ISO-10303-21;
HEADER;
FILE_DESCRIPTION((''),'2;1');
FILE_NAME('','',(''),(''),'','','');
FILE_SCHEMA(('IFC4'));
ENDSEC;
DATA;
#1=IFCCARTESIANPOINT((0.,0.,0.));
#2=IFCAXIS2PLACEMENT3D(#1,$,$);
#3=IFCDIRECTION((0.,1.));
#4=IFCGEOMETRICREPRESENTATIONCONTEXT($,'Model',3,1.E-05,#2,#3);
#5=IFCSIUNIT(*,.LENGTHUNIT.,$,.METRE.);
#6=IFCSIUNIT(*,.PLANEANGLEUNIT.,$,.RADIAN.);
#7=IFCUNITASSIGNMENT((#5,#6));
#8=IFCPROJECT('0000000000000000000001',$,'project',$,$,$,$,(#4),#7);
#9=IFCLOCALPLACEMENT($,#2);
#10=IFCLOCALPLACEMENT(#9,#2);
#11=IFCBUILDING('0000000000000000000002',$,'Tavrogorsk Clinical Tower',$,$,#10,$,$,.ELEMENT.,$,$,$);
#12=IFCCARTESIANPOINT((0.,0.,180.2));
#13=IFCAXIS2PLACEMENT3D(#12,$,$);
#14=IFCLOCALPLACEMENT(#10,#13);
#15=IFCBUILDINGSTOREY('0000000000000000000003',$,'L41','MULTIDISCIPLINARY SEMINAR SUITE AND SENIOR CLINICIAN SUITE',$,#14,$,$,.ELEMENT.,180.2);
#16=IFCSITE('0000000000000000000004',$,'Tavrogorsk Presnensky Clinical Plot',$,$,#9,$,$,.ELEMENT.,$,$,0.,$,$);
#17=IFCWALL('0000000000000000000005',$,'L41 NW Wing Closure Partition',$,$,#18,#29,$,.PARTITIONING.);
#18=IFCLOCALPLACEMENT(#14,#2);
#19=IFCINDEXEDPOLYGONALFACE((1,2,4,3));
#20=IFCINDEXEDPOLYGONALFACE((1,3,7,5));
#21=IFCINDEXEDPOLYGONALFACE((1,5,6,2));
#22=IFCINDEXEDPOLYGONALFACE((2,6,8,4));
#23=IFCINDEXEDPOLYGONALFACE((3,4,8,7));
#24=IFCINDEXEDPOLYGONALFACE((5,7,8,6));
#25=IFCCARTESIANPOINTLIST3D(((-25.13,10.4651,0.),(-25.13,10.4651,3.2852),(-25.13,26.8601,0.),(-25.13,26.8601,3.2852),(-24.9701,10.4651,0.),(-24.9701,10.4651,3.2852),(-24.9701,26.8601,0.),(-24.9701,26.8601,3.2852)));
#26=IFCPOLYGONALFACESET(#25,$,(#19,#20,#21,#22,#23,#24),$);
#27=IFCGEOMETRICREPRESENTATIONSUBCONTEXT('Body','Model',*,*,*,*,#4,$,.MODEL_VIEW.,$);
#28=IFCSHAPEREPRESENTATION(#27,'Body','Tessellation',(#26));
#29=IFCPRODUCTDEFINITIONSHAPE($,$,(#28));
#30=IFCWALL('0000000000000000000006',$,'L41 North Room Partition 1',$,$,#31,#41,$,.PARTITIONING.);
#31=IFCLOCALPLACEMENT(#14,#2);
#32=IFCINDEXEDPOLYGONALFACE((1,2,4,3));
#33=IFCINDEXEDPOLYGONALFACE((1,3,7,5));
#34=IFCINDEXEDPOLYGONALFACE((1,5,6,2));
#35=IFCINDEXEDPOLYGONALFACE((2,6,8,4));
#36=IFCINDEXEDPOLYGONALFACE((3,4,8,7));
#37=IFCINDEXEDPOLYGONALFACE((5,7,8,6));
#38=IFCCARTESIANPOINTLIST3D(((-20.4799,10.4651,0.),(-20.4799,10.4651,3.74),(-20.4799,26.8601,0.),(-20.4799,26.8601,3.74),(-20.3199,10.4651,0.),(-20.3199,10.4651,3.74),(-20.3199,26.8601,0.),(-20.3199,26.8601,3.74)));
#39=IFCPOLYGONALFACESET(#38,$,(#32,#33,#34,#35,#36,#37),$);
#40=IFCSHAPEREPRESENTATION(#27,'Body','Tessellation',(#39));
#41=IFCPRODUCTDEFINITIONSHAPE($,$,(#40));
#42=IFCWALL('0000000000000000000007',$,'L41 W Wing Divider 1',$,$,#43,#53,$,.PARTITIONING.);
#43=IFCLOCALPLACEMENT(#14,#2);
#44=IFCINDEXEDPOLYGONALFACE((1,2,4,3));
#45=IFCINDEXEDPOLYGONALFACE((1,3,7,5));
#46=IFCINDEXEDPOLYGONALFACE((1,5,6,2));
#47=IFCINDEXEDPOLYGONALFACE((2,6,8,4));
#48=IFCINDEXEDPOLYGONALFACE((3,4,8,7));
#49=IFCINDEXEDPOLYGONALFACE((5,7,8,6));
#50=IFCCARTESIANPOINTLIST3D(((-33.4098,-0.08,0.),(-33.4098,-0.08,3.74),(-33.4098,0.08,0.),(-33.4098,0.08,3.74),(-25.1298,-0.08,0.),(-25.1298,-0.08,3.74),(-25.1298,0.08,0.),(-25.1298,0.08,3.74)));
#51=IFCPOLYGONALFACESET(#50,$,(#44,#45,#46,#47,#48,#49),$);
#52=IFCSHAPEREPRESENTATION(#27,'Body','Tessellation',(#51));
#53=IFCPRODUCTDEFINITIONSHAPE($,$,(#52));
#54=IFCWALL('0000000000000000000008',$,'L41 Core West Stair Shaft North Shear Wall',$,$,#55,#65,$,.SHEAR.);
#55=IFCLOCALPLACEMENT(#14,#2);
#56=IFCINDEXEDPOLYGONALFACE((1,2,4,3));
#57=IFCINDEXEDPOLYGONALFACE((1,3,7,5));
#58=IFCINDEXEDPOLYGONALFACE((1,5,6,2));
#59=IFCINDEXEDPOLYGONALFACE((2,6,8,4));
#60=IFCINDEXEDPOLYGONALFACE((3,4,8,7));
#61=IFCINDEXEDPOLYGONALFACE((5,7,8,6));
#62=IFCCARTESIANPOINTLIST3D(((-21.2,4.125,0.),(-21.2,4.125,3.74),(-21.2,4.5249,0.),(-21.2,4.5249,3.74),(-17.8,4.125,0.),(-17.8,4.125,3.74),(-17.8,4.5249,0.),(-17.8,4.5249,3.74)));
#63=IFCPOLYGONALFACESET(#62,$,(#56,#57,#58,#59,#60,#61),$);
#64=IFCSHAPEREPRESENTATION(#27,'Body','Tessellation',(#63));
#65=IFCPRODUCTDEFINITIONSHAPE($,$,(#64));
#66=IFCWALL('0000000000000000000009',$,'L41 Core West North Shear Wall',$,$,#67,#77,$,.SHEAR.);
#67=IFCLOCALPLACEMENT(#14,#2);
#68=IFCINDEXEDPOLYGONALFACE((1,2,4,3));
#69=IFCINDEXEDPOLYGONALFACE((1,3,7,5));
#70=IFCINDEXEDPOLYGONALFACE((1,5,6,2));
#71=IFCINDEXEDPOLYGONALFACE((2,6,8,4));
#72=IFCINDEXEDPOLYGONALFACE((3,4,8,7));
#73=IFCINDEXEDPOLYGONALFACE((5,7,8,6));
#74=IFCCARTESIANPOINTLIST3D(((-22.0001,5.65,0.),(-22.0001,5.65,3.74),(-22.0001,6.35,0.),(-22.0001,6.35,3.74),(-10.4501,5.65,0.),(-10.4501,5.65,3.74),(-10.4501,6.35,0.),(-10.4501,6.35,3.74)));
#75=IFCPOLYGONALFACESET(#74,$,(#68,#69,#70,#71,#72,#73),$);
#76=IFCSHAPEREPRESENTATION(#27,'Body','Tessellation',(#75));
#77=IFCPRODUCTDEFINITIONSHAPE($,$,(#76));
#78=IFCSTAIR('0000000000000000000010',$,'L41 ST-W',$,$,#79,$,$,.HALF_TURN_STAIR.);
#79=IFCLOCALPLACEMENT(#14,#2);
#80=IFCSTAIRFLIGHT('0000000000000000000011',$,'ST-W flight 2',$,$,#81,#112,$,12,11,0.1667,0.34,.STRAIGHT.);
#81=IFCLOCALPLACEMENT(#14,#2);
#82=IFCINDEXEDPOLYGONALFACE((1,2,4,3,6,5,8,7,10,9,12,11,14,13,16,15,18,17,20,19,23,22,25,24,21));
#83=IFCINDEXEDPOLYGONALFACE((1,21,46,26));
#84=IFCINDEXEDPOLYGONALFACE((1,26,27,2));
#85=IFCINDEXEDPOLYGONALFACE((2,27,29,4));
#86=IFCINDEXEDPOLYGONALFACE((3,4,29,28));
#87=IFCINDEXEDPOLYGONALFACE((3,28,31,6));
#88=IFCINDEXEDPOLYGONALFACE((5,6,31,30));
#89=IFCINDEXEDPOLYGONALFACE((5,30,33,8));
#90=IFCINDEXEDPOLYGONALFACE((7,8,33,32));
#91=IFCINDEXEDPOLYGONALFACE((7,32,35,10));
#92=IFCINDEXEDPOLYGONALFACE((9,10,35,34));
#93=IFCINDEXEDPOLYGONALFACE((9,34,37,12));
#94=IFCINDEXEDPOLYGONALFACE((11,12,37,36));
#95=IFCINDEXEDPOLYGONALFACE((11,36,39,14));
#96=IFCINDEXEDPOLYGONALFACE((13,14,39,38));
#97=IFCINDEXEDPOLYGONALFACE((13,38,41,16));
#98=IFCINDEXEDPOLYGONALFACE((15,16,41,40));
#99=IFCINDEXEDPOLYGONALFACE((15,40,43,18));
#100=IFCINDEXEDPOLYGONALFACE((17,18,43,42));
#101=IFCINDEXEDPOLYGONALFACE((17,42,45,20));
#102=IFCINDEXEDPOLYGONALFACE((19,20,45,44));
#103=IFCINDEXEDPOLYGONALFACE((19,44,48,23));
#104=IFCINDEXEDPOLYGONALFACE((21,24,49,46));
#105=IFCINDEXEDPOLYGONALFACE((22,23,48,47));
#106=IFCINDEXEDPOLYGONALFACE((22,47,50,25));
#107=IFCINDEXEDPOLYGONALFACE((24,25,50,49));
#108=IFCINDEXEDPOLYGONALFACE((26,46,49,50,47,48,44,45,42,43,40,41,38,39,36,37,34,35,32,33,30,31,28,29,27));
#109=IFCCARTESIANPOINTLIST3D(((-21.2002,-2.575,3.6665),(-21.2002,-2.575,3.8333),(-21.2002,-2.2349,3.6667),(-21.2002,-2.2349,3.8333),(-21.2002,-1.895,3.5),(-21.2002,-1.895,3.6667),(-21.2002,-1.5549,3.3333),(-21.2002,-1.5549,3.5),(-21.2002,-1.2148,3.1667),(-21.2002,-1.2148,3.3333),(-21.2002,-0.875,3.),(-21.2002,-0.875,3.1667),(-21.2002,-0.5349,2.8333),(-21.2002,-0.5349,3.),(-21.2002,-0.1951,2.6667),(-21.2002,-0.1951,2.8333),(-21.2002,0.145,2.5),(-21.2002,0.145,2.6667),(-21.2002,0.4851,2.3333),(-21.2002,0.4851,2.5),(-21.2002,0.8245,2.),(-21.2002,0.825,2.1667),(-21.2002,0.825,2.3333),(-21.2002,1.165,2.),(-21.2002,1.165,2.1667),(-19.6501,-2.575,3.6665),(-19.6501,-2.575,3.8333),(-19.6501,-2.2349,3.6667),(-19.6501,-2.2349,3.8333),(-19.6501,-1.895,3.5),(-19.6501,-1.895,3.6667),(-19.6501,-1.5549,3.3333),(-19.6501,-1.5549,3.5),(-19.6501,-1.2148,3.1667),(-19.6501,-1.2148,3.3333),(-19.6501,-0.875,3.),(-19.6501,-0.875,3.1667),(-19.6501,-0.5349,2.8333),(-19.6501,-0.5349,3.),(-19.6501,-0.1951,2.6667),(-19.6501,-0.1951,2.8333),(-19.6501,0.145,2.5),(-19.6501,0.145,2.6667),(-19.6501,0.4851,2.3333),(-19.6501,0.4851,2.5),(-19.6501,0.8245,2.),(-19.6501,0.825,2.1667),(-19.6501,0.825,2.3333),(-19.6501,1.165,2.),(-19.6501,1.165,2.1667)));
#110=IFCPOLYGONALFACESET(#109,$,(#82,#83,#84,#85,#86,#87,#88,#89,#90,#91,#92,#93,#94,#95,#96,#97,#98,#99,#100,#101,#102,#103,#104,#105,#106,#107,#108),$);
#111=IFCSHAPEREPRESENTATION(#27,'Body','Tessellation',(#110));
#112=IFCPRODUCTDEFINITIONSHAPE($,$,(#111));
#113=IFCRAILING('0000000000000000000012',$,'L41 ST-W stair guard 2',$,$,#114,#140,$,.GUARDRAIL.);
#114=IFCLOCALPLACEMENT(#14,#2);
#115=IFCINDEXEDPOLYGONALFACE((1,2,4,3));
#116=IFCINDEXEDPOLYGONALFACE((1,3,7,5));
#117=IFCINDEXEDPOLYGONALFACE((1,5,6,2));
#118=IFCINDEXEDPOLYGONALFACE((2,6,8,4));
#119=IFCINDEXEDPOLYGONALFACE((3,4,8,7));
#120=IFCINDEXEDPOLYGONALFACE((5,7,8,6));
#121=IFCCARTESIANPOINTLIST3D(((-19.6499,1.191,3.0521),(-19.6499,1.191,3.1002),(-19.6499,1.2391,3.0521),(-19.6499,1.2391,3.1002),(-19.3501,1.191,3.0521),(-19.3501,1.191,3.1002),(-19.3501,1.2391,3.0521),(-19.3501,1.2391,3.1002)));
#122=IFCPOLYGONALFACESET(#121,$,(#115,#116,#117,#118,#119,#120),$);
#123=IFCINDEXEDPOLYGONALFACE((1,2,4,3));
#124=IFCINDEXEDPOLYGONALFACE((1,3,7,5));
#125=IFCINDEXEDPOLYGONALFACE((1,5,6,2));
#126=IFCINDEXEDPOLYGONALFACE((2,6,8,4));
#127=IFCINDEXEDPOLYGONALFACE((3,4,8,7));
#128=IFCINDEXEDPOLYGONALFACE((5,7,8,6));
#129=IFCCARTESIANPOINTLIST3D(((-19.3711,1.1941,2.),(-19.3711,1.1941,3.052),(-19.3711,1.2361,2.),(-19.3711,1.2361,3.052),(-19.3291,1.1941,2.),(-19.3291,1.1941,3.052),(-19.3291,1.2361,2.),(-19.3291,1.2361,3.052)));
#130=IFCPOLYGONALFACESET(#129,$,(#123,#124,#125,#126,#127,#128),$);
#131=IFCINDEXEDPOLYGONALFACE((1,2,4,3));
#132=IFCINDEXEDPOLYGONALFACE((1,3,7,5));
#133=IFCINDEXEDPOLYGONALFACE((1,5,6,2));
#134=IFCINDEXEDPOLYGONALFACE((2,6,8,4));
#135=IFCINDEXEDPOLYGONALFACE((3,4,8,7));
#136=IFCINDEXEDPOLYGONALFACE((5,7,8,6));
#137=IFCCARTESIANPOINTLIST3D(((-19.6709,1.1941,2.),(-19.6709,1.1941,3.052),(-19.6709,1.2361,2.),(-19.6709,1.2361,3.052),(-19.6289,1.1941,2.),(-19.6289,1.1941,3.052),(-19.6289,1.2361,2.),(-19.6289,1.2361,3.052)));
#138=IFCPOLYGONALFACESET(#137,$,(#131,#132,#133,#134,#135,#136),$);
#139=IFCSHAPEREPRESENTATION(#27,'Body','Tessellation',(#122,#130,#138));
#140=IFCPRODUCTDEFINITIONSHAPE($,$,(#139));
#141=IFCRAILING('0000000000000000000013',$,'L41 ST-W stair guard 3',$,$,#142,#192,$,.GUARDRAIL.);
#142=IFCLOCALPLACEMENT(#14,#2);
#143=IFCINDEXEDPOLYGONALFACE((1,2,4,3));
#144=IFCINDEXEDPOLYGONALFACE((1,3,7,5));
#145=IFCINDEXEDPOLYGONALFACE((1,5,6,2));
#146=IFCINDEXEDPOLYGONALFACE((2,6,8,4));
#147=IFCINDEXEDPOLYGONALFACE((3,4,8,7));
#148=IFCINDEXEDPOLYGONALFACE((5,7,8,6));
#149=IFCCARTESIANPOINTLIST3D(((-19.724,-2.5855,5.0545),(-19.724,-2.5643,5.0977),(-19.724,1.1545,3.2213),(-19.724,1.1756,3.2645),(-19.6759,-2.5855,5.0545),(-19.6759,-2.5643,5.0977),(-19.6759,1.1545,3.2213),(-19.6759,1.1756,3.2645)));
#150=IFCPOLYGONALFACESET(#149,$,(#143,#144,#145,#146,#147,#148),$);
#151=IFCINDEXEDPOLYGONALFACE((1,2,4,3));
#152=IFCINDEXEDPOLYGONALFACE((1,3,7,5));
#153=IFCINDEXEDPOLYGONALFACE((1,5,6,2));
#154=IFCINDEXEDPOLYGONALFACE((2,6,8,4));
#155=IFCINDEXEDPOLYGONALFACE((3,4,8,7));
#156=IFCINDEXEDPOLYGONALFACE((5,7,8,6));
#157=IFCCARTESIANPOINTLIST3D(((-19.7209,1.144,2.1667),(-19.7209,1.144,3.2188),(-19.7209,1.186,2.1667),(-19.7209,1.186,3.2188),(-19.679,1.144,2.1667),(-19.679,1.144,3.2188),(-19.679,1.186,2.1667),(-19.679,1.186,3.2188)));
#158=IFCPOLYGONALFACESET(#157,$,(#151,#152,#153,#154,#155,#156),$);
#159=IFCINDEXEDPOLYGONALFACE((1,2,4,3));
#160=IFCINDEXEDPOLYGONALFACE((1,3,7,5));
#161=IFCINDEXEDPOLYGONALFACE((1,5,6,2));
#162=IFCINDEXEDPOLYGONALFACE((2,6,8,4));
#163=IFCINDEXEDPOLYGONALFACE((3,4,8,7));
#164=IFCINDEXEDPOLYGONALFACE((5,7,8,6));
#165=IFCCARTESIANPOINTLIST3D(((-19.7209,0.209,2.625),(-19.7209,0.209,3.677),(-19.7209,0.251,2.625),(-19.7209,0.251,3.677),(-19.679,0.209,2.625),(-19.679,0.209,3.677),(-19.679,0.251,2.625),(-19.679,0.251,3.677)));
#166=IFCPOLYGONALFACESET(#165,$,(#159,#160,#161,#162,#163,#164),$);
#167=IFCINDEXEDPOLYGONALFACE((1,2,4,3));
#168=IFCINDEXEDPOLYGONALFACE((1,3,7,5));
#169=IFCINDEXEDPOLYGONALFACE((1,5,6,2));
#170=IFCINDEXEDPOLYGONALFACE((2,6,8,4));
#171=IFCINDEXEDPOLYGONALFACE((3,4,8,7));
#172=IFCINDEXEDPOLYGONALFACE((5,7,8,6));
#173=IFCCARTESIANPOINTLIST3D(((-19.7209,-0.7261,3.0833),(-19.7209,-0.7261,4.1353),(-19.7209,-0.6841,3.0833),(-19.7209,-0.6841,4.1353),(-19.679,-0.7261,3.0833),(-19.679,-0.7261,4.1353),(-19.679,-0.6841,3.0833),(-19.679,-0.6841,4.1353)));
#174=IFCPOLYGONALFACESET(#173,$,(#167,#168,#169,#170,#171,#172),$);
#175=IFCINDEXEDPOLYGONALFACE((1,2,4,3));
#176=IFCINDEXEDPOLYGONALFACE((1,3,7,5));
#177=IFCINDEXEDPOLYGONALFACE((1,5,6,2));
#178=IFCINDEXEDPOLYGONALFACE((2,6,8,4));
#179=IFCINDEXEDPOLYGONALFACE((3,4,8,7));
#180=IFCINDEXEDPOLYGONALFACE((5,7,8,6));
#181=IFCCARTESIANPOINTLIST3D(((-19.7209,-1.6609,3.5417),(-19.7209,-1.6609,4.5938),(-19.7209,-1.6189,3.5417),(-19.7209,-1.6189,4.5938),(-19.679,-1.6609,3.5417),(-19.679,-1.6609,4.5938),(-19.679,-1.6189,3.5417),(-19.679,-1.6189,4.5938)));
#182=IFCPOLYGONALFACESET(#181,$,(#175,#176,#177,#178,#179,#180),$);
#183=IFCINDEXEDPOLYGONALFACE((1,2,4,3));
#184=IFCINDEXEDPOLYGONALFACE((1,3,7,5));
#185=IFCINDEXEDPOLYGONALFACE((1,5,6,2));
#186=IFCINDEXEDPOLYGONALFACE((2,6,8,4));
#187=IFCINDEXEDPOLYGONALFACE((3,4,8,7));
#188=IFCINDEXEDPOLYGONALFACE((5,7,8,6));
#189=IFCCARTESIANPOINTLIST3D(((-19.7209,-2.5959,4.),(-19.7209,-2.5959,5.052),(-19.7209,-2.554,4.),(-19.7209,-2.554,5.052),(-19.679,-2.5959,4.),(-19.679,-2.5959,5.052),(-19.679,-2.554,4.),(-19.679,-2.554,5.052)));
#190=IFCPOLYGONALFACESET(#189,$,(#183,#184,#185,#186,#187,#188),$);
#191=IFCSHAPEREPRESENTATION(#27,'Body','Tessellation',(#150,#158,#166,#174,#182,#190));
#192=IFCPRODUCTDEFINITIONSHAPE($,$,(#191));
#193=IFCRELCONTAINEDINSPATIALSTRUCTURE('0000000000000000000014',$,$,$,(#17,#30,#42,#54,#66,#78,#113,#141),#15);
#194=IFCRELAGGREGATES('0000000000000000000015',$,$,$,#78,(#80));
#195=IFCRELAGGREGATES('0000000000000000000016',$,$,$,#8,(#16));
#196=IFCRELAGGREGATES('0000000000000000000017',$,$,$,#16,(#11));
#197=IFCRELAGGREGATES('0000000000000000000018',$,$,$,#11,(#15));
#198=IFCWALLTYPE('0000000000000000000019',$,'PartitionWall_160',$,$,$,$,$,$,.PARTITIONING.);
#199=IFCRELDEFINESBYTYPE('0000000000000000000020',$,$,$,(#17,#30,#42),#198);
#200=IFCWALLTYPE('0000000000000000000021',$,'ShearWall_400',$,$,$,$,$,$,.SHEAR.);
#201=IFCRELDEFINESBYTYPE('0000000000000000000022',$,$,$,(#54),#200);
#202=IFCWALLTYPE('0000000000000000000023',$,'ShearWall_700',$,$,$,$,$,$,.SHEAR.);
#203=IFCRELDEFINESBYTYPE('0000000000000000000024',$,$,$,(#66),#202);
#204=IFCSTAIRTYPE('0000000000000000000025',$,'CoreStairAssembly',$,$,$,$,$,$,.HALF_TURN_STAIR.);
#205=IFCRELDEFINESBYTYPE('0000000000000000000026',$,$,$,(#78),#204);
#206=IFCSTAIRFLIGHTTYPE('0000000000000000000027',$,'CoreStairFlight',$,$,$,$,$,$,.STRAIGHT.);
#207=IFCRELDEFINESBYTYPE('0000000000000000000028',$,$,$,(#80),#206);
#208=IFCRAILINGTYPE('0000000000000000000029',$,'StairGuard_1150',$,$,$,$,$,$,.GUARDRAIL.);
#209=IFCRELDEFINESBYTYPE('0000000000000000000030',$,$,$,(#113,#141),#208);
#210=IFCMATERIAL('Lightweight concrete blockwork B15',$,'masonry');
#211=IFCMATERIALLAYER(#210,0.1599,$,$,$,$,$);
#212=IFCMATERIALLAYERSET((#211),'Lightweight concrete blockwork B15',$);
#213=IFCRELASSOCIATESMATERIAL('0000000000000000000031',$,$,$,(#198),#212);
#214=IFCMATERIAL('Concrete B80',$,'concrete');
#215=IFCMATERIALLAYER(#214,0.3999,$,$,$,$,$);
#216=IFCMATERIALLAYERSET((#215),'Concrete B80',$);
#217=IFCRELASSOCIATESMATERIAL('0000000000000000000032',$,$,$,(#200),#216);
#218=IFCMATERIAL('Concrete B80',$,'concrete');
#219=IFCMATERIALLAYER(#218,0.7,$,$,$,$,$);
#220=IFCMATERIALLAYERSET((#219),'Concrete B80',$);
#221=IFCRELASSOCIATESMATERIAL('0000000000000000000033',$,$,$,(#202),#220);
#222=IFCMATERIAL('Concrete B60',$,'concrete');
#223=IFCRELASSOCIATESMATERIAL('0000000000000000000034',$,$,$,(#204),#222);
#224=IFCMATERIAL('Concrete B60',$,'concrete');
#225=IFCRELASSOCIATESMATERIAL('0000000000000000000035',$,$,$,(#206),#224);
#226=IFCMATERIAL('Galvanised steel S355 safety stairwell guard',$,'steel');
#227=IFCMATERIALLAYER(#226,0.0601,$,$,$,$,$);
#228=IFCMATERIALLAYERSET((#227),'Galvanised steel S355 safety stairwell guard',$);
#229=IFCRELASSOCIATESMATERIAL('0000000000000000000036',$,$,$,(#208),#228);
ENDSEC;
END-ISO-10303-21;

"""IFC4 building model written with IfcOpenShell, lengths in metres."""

from ifc_helpers import new_model, si_unit, direction, frame, frame_2d, origin, origin_2d, place, context, subcontext, project, spatial, polyline, rectangle, outline, extrude, material, layer, layer_set, type_object, element, aggregate, save


model = new_model("IFC4")

# Units and contexts
model_context = context("Model", 3, precision=1e-05, world=origin(), true_north=direction((0.0, 1.0)))
body_context = subcontext(model_context, "Body", "Model", "MODEL_VIEW")
ifc_project = project(units=[si_unit("LENGTHUNIT", "METRE"), si_unit("PLANEANGLEUNIT", "RADIAN")], contexts=[model_context])

# Site, building, storey
site_placement = place(None, origin())
site = spatial("IfcSite", under=ifc_project, at=site_placement, Name="Tavrogorsk Presnensky Clinical Plot", CompositionType="ELEMENT", RefElevation=0.0)
building_placement = place(site_placement, origin())
building = spatial("IfcBuilding", under=site, at=building_placement, Name="Tavrogorsk Clinical Tower", CompositionType="ELEMENT")
storey_placement = place(building_placement, frame((0.0, 0.0, 180.2)))
storey = spatial("IfcBuildingStorey", under=building, at=storey_placement, Name="L41", Description="MULTIDISCIPLINARY SEMINAR SUITE AND SENIOR CLINICIAN SUITE", CompositionType="ELEMENT", Elevation=180.2)

# Shared definitions
ifc_material_1 = material(Name="Lightweight concrete blockwork B15", Category="masonry")
ifc_layer_1 = layer(ifc_material_1, 0.1599)
ifc_layer_set_1 = layer_set([ifc_layer_1], Name="Lightweight concrete blockwork B15")
wall_type_1 = type_object("IfcWallType", Name="PartitionWall_160", PredefinedType="PARTITIONING", material=ifc_layer_set_1)

# Walls
wall_1_placement = place(storey_placement, frame((-25.05, 10.4651, 0.0), z_axis=(0.0, 0.0, 1.0), x_axis=(0.0, 1.0, 0.0)))
element("IfcWall", 1, at=wall_1_placement, inside=storey, type_object=wall_type_1, Name="L41 NW Wing Closure Partition", PredefinedType="PARTITIONING", context=body_context, shape_type="SweptSolid", body=[
    extrude(rectangle(XDim=16.395, YDim=0.1599, at=frame_2d((8.1975, 0.0))), origin(), (0.0, 0.0, 1.0), 3.2852),
])
wall_2_placement = place(storey_placement, frame((-20.3999, 10.4651, 0.0), z_axis=(0.0, 0.0, 1.0), x_axis=(0.0, 1.0, 0.0)))
element("IfcWall", 2, at=wall_2_placement, inside=storey, type_object=wall_type_1, Name="L41 North Room Partition 1", PredefinedType="PARTITIONING", context=body_context, shape_type="SweptSolid", body=[
    extrude(rectangle(XDim=16.395, YDim=0.1599, at=frame_2d((8.1975, 0.0))), origin(), (0.0, 0.0, 1.0), 3.74),
])
wall_3_placement = place(storey_placement, frame((-33.4099, 0.0, 0.0), z_axis=(0.0, 0.0, 1.0), x_axis=(1.0, 0.0, 0.0)))
element("IfcWall", 3, at=wall_3_placement, inside=storey, type_object=wall_type_1, Name="L41 W Wing Divider 1", PredefinedType="PARTITIONING", context=body_context, shape_type="SweptSolid", body=[
    extrude(rectangle(XDim=8.28, YDim=0.1599, at=frame_2d((4.1401, 0.0))), origin(), (0.0, 0.0, 1.0), 3.74),
])
ifc_material_2 = material(Name="Concrete B80", Category="concrete")
ifc_layer_2 = layer(ifc_material_2, 0.3999)
ifc_layer_set_2 = layer_set([ifc_layer_2], Name="Concrete B80")
wall_type_2 = type_object("IfcWallType", Name="ShearWall_400", PredefinedType="SHEAR", material=ifc_layer_set_2)
wall_4_placement = place(storey_placement, frame((-21.2, 4.325, 0.0), z_axis=(0.0, 0.0, 1.0), x_axis=(1.0, 0.0, 0.0)))
element("IfcWall", 4, at=wall_4_placement, inside=storey, type_object=wall_type_2, Name="L41 Core West Stair Shaft North Shear Wall", PredefinedType="SHEAR", context=body_context, shape_type="SweptSolid", body=[
    extrude(rectangle(XDim=3.3999, YDim=0.3999, at=frame_2d((1.7, 0.0))), origin(), (0.0, 0.0, 1.0), 3.74),
])
ifc_material_3 = material(Name="Concrete B80", Category="concrete")
ifc_layer_3 = layer(ifc_material_3, 0.7)
ifc_layer_set_3 = layer_set([ifc_layer_3], Name="Concrete B80")
wall_type_3 = type_object("IfcWallType", Name="ShearWall_700", PredefinedType="SHEAR", material=ifc_layer_set_3)
wall_5_placement = place(storey_placement, frame((-22.0, 6.0, 0.0), z_axis=(0.0, 0.0, 1.0), x_axis=(1.0, 0.0, 0.0)))
element("IfcWall", 5, at=wall_5_placement, inside=storey, type_object=wall_type_3, Name="L41 Core West North Shear Wall", PredefinedType="SHEAR", context=body_context, shape_type="SweptSolid", body=[
    extrude(rectangle(XDim=11.55, YDim=0.7, at=frame_2d((5.7749, 0.0))), origin(), (0.0, 0.0, 1.0), 3.74),
])

# Stair, stair flight
ifc_material_4 = material(Name="Concrete B60", Category="concrete")
stair_type = type_object("IfcStairType", Name="CoreStairAssembly", PredefinedType="HALF_TURN_STAIR", material=ifc_material_4)
stair_placement = place(storey_placement, origin())
stair = element("IfcStair", 6, at=stair_placement, inside=storey, type_object=stair_type, Name="L41 ST-W", PredefinedType="HALF_TURN_STAIR")
ifc_material_5 = material(Name="Concrete B60", Category="concrete")
stair_flight_type = type_object("IfcStairFlightType", Name="CoreStairFlight", PredefinedType="STRAIGHT", material=ifc_material_5)
stair_flight_placement = place(storey_placement, frame((-20.425, 1.165, 2.0), z_axis=(0.0, 0.0, 1.0), x_axis=(0.0, -1.0, 0.0)))
stair_flight = element("IfcStairFlight", 7, at=stair_flight_placement, type_object=stair_flight_type, Name="ST-W flight 2", NumberOfRisers=12, NumberOfTreads=11, PredefinedType="STRAIGHT", RiserHeight=0.1667, TreadLength=0.34, context=body_context, shape_type="SweptSolid", body=[
    extrude(outline(polyline([(0.0, 0.0), (0.0, 0.1667), (0.3401, 0.1667), (0.3401, 0.3333), (0.6799, 0.3333), (0.6799, 0.5), (1.02, 0.5), (1.02, 0.6667), (1.3601, 0.6667), (1.3601, 0.8333), (1.7, 0.8333), (1.7, 1.0), (2.04, 1.0), (2.04, 1.1667), (2.3799, 1.1667), (2.3799, 1.3333), (2.72, 1.3333), (2.72, 1.5), (3.0601, 1.5), (3.0601, 1.6667), (3.3999, 1.6667), (3.3999, 1.8333), (3.74, 1.8333), (3.74, 2.0), (3.74, 1.6665), (0.3406, 0.0), (0.0, 0.0)])), frame((0.0, 0.7749, 0.0), z_axis=(0.0, -1.0, 0.0), x_axis=(1.0, 0.0, 0.0)), (0.0, 0.0, 1.0), 1.55),
])
aggregate(stair, [stair_flight])

# Railings
ifc_material_6 = material(Name="Galvanised steel S355 safety stairwell guard", Category="steel")
ifc_layer_4 = layer(ifc_material_6, 0.0601)
ifc_layer_set_4 = layer_set([ifc_layer_4], Name="Galvanised steel S355 safety stairwell guard")
railing_type_1 = type_object("IfcRailingType", Name="StairGuard_1150", PredefinedType="GUARDRAIL", material=ifc_layer_set_4)
railing_1_placement = place(storey_placement, frame((-19.3501, 1.2151, 2.0)))
element("IfcRailing", 8, at=railing_1_placement, inside=storey, type_object=railing_type_1, Name="L41 ST-W stair guard 2", PredefinedType="GUARDRAIL", context=body_context, shape_type="SweptSolid", body=[
    extrude(rectangle(XDim=0.0481, YDim=0.0481, at=origin_2d()), frame((0.0, 0.0, 1.0762), z_axis=(-1.0, 0.0, 0.0), x_axis=(0.0, -1.0, 0.0)), (0.0, 0.0, 1.0), 0.2998),
    extrude(rectangle(XDim=0.042, YDim=0.042, at=origin_2d()), origin(), (0.0, 0.0, 1.0), 1.052),
    extrude(rectangle(XDim=0.042, YDim=0.042, at=origin_2d()), frame((-0.2998, 0.0, 0.0)), (0.0, 0.0, 1.0), 1.052),
])
railing_2_placement = place(storey_placement, frame((-19.7, 1.165, 2.1667)))
element("IfcRailing", 9, at=railing_2_placement, inside=storey, type_object=railing_type_1, Name="L41 ST-W stair guard 3", PredefinedType="GUARDRAIL", context=body_context, shape_type="SweptSolid", body=[
    extrude(rectangle(XDim=0.0481, YDim=0.0481, at=origin_2d()), frame((0.0, 0.0, 1.0762), z_axis=(0.0, -0.897928, 0.440142), x_axis=(1.0, 0.0, 0.0)), (0.0, 0.0, 1.0), 4.165),
    extrude(rectangle(XDim=0.042, YDim=0.042, at=origin_2d()), origin(), (0.0, 0.0, 1.0), 1.052),
    extrude(rectangle(XDim=0.042, YDim=0.042, at=origin_2d()), frame((0.0, -0.9351, 0.4583)), (0.0, 0.0, 1.0), 1.052),
    extrude(rectangle(XDim=0.042, YDim=0.042, at=origin_2d()), frame((0.0, -1.8701, 0.9165)), (0.0, 0.0, 1.0), 1.052),
    extrude(rectangle(XDim=0.042, YDim=0.042, at=origin_2d()), frame((0.0, -2.8049, 1.375)), (0.0, 0.0, 1.0), 1.052),
    extrude(rectangle(XDim=0.042, YDim=0.042, at=origin_2d()), frame((0.0, -3.74, 1.8333)), (0.0, 0.0, 1.0), 1.052),
])

save(model, "model.ifc")
